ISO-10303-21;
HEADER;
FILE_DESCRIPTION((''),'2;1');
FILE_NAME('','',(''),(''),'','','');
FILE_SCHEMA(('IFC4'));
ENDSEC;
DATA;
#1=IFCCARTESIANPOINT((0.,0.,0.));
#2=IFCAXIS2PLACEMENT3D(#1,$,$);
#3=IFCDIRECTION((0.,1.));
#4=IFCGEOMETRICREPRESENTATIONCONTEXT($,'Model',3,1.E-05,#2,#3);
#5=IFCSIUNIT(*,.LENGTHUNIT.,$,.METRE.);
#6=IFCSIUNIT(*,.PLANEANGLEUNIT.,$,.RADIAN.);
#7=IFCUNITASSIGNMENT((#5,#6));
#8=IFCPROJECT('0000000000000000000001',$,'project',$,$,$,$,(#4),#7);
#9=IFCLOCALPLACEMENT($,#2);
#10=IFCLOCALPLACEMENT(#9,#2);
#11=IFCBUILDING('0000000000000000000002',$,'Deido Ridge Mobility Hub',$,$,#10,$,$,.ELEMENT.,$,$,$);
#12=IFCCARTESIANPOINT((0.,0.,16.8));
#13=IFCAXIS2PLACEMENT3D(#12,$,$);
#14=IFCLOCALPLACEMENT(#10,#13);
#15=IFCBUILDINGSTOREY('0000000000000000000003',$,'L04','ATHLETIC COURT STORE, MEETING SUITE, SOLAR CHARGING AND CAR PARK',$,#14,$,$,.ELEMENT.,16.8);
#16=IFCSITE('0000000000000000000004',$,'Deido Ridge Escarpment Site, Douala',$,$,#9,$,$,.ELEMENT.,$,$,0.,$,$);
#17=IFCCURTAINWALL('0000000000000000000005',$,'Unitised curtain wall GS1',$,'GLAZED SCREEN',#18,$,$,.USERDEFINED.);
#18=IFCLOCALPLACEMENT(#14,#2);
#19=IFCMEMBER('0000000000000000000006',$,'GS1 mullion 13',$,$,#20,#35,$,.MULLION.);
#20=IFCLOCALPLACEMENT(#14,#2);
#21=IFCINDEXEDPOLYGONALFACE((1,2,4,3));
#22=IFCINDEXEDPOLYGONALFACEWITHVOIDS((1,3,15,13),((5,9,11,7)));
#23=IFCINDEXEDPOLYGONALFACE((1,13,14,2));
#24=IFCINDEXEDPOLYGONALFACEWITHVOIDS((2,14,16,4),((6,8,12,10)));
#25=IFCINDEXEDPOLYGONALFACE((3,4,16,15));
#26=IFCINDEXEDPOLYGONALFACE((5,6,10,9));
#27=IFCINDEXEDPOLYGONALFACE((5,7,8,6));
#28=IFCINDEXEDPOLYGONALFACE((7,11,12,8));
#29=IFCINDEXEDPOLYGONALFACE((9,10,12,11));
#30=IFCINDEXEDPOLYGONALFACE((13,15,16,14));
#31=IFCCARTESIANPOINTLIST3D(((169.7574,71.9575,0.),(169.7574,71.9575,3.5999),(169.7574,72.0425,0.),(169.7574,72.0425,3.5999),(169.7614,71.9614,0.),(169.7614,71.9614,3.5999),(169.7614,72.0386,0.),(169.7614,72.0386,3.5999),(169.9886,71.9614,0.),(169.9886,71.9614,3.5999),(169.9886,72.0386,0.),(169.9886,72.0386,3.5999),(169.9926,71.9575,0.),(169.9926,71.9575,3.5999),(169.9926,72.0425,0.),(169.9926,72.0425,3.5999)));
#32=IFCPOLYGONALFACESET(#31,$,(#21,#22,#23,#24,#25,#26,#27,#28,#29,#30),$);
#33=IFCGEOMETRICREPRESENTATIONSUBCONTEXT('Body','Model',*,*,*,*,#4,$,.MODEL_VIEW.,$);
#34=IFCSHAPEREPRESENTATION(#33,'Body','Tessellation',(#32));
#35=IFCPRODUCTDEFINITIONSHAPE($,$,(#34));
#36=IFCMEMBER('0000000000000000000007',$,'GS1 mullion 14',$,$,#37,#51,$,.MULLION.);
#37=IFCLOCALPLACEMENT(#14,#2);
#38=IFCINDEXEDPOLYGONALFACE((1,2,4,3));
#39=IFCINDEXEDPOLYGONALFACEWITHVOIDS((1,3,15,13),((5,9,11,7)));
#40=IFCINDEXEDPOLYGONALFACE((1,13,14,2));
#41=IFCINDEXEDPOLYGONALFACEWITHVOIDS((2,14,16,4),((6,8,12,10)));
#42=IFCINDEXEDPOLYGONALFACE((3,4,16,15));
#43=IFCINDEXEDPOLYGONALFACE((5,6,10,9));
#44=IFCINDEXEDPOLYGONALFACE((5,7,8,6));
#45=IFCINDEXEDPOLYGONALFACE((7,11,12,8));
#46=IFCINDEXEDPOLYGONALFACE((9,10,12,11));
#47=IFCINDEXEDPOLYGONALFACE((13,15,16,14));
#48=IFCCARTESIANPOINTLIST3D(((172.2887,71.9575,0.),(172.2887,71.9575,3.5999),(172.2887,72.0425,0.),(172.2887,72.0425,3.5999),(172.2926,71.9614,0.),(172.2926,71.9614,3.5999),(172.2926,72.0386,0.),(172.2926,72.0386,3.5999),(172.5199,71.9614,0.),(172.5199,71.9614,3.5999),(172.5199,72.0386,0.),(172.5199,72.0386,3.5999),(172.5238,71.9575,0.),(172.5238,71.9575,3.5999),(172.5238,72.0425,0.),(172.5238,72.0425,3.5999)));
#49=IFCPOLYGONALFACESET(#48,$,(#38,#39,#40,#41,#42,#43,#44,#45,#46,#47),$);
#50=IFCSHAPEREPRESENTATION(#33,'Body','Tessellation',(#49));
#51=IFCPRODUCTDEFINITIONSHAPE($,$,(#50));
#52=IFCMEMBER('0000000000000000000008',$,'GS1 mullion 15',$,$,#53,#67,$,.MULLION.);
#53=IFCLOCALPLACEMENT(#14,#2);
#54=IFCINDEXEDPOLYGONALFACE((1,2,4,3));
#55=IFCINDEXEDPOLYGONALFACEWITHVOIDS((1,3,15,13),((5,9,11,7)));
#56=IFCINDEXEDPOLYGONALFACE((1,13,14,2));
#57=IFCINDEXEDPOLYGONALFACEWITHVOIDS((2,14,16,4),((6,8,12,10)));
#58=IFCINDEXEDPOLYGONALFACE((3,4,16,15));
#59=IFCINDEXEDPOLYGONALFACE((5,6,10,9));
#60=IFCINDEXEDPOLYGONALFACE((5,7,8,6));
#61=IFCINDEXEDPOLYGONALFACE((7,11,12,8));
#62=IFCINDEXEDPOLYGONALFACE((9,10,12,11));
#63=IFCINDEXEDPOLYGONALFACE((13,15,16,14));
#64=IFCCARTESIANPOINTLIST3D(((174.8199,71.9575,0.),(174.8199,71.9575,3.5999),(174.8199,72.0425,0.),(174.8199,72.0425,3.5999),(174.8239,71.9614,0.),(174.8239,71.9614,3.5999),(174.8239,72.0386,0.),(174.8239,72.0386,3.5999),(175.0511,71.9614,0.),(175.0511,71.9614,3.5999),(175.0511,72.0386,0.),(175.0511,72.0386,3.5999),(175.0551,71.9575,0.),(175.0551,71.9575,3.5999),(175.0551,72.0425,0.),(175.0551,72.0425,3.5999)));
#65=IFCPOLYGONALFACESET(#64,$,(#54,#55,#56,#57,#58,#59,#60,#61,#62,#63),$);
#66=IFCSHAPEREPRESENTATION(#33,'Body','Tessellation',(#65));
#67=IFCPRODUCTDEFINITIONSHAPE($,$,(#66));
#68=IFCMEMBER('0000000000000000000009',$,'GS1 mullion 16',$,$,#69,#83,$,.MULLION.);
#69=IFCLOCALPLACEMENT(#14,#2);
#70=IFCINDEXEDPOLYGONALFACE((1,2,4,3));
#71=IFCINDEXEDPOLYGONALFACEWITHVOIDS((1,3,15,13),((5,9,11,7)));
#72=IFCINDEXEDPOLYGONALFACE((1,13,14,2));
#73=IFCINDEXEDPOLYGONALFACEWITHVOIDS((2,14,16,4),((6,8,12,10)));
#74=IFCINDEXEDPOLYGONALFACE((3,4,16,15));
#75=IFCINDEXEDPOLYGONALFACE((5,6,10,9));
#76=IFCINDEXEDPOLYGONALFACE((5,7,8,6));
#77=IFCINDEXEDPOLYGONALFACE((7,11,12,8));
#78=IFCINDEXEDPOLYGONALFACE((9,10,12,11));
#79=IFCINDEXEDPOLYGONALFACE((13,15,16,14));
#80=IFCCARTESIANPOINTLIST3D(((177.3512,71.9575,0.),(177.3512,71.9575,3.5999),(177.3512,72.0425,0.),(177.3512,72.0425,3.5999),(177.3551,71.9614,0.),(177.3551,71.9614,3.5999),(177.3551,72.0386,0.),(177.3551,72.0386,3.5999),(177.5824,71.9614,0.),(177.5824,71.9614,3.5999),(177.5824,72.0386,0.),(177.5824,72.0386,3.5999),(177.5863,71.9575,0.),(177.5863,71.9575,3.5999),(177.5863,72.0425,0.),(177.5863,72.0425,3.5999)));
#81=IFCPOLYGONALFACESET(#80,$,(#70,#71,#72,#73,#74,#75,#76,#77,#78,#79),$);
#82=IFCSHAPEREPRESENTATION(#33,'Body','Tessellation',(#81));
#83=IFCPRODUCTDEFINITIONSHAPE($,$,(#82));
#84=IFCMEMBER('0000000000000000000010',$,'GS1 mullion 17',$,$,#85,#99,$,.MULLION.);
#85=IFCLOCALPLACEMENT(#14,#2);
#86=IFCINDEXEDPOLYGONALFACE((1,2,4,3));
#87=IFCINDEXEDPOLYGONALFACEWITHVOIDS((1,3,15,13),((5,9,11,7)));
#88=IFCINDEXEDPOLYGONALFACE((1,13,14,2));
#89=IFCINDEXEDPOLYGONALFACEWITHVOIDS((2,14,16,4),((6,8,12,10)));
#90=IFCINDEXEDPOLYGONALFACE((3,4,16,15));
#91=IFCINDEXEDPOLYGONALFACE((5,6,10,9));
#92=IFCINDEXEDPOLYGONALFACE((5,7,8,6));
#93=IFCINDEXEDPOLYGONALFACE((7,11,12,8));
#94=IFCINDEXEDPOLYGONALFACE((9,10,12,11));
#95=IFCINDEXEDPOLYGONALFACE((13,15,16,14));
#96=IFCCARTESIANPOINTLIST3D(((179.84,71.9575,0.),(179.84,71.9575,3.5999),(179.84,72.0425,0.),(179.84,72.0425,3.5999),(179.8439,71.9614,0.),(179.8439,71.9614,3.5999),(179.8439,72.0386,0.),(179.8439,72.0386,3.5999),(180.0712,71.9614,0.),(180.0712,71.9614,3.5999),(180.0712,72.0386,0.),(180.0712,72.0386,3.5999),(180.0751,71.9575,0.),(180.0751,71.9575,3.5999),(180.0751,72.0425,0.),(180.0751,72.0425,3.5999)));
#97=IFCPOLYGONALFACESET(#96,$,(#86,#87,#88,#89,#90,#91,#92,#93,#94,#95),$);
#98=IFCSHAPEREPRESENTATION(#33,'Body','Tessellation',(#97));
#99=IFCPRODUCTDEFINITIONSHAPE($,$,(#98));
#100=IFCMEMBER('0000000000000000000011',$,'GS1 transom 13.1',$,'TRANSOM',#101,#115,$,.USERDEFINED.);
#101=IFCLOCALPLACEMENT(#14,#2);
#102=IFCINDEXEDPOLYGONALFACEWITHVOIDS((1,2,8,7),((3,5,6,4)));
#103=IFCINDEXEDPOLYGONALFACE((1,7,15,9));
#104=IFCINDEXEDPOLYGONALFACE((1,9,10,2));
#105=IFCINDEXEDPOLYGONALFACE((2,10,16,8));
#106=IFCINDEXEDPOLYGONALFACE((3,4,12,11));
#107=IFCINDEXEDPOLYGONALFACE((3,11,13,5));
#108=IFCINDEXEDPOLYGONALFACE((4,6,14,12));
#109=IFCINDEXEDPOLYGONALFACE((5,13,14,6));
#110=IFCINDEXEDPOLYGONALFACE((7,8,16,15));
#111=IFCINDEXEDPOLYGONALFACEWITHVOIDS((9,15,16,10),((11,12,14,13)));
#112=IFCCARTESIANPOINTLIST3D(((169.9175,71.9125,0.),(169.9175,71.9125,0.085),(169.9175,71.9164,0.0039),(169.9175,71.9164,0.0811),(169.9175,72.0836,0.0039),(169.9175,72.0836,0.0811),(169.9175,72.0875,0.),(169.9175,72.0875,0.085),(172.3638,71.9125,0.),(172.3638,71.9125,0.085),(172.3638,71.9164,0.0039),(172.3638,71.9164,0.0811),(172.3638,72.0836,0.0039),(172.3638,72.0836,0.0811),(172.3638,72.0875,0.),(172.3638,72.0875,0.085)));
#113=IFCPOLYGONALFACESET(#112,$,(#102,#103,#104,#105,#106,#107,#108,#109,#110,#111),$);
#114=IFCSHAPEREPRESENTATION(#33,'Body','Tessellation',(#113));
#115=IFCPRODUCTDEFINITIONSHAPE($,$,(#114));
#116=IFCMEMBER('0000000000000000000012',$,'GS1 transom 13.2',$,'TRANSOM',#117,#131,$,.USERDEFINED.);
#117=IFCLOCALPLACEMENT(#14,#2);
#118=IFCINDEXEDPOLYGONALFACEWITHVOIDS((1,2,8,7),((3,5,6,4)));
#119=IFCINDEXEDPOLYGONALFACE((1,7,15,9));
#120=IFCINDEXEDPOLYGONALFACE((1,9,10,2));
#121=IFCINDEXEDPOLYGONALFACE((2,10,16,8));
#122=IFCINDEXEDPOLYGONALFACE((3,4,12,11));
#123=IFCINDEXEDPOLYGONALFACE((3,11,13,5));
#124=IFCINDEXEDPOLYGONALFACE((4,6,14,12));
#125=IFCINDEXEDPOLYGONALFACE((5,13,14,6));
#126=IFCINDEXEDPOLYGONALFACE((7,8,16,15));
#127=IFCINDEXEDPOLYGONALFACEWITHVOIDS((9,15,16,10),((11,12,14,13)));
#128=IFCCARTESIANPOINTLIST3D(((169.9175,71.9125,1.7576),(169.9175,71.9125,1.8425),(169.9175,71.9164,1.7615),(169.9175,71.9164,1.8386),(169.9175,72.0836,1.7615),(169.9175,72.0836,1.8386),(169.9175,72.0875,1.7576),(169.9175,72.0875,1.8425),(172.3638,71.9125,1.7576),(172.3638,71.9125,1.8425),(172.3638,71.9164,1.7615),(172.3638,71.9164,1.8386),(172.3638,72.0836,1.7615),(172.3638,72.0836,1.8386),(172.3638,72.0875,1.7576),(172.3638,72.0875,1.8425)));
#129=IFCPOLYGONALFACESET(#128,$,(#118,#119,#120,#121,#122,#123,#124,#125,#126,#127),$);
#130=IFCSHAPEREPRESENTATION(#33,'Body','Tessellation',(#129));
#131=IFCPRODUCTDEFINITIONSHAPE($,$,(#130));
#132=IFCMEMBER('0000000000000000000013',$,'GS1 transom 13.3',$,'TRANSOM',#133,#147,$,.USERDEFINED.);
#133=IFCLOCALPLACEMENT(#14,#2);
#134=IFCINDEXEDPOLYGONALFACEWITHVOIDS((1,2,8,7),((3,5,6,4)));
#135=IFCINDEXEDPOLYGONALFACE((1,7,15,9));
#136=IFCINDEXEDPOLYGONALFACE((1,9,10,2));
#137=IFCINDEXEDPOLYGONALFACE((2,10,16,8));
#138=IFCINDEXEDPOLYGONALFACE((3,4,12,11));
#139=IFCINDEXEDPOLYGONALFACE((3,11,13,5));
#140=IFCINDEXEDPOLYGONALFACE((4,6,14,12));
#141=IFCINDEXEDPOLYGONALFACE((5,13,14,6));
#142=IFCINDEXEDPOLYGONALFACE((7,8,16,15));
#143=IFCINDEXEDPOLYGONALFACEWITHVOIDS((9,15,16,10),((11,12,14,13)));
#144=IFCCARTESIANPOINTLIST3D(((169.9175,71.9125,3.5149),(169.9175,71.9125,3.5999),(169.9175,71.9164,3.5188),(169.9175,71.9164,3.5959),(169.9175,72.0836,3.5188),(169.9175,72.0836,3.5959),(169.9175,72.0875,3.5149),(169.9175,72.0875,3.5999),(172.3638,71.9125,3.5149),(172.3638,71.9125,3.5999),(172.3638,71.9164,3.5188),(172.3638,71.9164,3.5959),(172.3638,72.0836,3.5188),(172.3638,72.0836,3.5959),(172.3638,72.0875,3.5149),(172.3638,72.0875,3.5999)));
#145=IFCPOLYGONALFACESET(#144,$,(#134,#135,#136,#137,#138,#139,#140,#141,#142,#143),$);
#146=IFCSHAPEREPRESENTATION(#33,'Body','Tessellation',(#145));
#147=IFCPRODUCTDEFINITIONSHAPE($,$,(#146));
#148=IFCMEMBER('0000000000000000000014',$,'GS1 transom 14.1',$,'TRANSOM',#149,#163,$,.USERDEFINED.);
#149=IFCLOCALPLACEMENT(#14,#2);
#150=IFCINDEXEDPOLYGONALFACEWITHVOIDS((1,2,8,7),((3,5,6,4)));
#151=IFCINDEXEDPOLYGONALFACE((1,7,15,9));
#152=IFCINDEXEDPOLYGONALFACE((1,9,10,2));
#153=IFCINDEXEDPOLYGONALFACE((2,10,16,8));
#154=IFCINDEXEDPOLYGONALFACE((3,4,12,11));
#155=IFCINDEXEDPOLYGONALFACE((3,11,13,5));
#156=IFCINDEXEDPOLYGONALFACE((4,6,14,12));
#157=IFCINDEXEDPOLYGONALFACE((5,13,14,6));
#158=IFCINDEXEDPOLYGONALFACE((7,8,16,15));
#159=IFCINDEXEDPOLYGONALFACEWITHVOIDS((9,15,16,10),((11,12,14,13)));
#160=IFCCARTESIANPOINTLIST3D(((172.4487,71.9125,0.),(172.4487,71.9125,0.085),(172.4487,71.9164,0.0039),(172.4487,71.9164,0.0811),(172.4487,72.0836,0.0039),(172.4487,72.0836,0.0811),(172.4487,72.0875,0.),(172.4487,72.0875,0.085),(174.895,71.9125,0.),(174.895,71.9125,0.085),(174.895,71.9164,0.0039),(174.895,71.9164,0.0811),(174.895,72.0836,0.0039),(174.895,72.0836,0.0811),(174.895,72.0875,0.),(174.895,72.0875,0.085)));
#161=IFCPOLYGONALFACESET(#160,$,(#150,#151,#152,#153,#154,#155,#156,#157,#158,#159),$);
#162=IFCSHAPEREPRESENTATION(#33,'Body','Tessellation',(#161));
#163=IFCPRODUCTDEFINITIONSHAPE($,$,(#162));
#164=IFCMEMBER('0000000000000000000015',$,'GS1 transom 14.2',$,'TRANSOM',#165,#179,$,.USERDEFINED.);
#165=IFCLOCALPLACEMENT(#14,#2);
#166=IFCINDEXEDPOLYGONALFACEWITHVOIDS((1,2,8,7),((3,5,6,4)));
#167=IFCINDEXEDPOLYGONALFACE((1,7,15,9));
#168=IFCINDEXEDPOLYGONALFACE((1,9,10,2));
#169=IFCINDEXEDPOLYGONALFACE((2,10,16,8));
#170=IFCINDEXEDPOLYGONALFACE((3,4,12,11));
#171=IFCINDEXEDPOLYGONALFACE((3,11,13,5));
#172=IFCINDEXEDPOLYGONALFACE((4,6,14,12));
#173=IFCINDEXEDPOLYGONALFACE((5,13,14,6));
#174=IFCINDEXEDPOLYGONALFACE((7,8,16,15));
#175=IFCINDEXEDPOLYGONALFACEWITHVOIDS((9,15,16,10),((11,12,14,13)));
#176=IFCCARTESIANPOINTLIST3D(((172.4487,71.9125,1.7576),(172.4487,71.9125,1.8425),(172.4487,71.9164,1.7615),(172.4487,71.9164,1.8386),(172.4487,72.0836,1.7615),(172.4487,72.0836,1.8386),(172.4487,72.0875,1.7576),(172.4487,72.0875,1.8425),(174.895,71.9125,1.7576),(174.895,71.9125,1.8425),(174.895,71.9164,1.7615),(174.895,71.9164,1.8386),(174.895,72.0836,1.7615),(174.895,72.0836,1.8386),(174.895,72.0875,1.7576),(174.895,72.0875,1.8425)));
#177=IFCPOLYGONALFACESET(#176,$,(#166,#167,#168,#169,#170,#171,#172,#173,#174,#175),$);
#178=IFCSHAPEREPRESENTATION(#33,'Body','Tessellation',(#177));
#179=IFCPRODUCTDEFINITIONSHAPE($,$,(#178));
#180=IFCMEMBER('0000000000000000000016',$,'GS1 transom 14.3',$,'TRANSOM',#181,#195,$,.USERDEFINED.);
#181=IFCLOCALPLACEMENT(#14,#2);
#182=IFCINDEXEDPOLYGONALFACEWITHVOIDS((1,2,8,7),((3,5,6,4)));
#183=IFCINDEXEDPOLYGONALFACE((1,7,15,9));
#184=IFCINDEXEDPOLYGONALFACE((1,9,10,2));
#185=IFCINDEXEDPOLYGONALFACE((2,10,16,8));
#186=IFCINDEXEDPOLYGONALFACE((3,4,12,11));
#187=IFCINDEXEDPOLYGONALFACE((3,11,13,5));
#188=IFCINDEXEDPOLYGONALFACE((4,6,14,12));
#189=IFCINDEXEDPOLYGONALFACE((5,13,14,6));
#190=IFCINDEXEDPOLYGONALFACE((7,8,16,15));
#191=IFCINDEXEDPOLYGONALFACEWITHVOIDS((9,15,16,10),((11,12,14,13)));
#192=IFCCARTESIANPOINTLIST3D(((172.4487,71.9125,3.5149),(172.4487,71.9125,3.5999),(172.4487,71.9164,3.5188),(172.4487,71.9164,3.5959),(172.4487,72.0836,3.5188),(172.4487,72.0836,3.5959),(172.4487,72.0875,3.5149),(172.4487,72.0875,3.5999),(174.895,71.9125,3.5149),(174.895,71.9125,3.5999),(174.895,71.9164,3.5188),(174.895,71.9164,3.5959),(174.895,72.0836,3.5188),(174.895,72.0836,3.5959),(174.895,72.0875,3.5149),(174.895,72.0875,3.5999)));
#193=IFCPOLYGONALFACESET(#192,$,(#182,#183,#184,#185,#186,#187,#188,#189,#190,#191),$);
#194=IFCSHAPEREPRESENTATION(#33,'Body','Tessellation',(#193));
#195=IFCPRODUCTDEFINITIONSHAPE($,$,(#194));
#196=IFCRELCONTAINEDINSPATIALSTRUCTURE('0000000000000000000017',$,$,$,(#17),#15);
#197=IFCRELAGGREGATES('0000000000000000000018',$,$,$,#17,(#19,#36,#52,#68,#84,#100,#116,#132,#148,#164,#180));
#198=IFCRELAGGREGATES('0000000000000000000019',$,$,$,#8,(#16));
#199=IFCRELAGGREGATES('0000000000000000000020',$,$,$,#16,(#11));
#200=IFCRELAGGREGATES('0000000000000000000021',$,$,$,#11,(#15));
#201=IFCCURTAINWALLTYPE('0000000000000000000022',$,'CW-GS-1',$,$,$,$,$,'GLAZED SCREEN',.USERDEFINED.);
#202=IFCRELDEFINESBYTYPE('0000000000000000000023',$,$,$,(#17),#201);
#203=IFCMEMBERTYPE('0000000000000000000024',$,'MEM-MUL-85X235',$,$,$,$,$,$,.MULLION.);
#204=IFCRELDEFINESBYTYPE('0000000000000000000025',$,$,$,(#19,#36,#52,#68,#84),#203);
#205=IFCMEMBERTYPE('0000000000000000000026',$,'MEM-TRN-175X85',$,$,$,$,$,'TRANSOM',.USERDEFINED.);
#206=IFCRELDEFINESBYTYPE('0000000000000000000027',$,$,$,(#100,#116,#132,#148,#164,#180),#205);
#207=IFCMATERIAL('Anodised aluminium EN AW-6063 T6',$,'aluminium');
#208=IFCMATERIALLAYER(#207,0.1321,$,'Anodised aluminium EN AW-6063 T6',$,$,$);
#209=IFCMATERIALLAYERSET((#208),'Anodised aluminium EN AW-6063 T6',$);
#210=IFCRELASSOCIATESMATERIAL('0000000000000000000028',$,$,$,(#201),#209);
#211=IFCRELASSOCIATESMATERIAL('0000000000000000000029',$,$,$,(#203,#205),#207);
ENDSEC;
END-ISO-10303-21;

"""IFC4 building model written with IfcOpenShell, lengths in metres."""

from ifc_helpers import new_model, si_unit, direction, frame, origin, origin_2d, place, context, subcontext, project, spatial, hollow_rectangle, extrude, material, layer, layer_set, material_profile, profile_set, type_object, element, aggregate, save


model = new_model("IFC4")

# Units and contexts
model_context = context("Model", 3, precision=1e-05, world=origin(), true_north=direction((0.0, 1.0)))
body_context = subcontext(model_context, "Body", "Model", "MODEL_VIEW")
ifc_project = project(units=[si_unit("LENGTHUNIT", "METRE"), si_unit("PLANEANGLEUNIT", "RADIAN")], contexts=[model_context])

# Site, building, storey
site_placement = place(None, origin())
site = spatial("IfcSite", under=ifc_project, at=site_placement, Name="Deido Ridge Escarpment Site, Douala", CompositionType="ELEMENT", RefElevation=0.0)
building_placement = place(site_placement, origin())
building = spatial("IfcBuilding", under=site, at=building_placement, Name="Deido Ridge Mobility Hub", CompositionType="ELEMENT")
storey_placement = place(building_placement, frame((0.0, 0.0, 16.8)))
storey = spatial("IfcBuildingStorey", under=building, at=storey_placement, Name="L04", Description="ATHLETIC COURT STORE, MEETING SUITE, SOLAR CHARGING AND CAR PARK", CompositionType="ELEMENT", Elevation=16.8)

# Curtain wall, members
ifc_material_1 = material(Name="Anodised aluminium EN AW-6063 T6", Category="aluminium")
ifc_layer_1 = layer(ifc_material_1, 0.1321, Name="Anodised aluminium EN AW-6063 T6")
ifc_layer_set_1 = layer_set([ifc_layer_1], Name="Anodised aluminium EN AW-6063 T6")
curtain_wall_type = type_object("IfcCurtainWallType", Name="CW-GS-1", ElementType="GLAZED SCREEN", PredefinedType="USERDEFINED", material=ifc_layer_set_1)
curtain_wall_placement = place(storey_placement, origin())
curtain_wall = element("IfcCurtainWall", 1, at=curtain_wall_placement, inside=storey, type_object=curtain_wall_type, Name="Unitised curtain wall GS1", ObjectType="GLAZED SCREEN", PredefinedType="USERDEFINED")
ifc_material_profile_1 = material_profile(ifc_material_1, hollow_rectangle(XDim=0.085, YDim=0.2351, WallThickness=0.0039, at=origin_2d()), Name="RHS 85x235x4")
ifc_profile_set_1 = profile_set([ifc_material_profile_1], Name="Anodised aluminium EN AW-6063 T6")
member_type_1 = type_object("IfcMemberType", Name="MEM-MUL-85X235", PredefinedType="MULLION", material=ifc_profile_set_1)
member_1_placement = place(storey_placement, frame((169.875, 72.0, 0.0), z_axis=(0.0, 0.0, 1.0), x_axis=(0.0, 1.0, 0.0)))
member_1 = element("IfcMember", 2, at=member_1_placement, type_object=member_type_1, Name="GS1 mullion 13", PredefinedType="MULLION", context=body_context, shape_type="SweptSolid", body=[
    extrude(hollow_rectangle(XDim=0.085, YDim=0.2351, WallThickness=0.0039, at=origin_2d()), origin(), (0.0, 0.0, 1.0), 3.5999),
])
member_2_placement = place(storey_placement, frame((172.4062, 72.0, 0.0), z_axis=(0.0, 0.0, 1.0), x_axis=(0.0, 1.0, 0.0)))
member_2 = element("IfcMember", 3, at=member_2_placement, type_object=member_type_1, Name="GS1 mullion 14", PredefinedType="MULLION", context=body_context, shape_type="SweptSolid", body=[
    extrude(hollow_rectangle(XDim=0.085, YDim=0.2351, WallThickness=0.0039, at=origin_2d()), origin(), (0.0, 0.0, 1.0), 3.5999),
])
member_3_placement = place(storey_placement, frame((174.9375, 72.0, 0.0), z_axis=(0.0, 0.0, 1.0), x_axis=(0.0, 1.0, 0.0)))
member_3 = element("IfcMember", 4, at=member_3_placement, type_object=member_type_1, Name="GS1 mullion 15", PredefinedType="MULLION", context=body_context, shape_type="SweptSolid", body=[
    extrude(hollow_rectangle(XDim=0.085, YDim=0.2351, WallThickness=0.0039, at=origin_2d()), origin(), (0.0, 0.0, 1.0), 3.5999),
])
member_4_placement = place(storey_placement, frame((177.4688, 72.0, 0.0), z_axis=(0.0, 0.0, 1.0), x_axis=(0.0, 1.0, 0.0)))
member_4 = element("IfcMember", 5, at=member_4_placement, type_object=member_type_1, Name="GS1 mullion 16", PredefinedType="MULLION", context=body_context, shape_type="SweptSolid", body=[
    extrude(hollow_rectangle(XDim=0.085, YDim=0.2351, WallThickness=0.0039, at=origin_2d()), origin(), (0.0, 0.0, 1.0), 3.5999),
])
member_5_placement = place(storey_placement, frame((179.9575, 72.0, 0.0), z_axis=(0.0, 0.0, 1.0), x_axis=(0.0, 1.0, 0.0)))
member_5 = element("IfcMember", 6, at=member_5_placement, type_object=member_type_1, Name="GS1 mullion 17", PredefinedType="MULLION", context=body_context, shape_type="SweptSolid", body=[
    extrude(hollow_rectangle(XDim=0.085, YDim=0.2351, WallThickness=0.0039, at=origin_2d()), origin(), (0.0, 0.0, 1.0), 3.5999),
])
ifc_material_profile_2 = material_profile(ifc_material_1, hollow_rectangle(XDim=0.175, YDim=0.085, WallThickness=0.0039, at=origin_2d()), Name="RHS 175x85x4")
ifc_profile_set_2 = profile_set([ifc_material_profile_2], Name="Anodised aluminium EN AW-6063 T6")
member_type_2 = type_object("IfcMemberType", Name="MEM-TRN-175X85", ElementType="TRANSOM", PredefinedType="USERDEFINED", material=ifc_profile_set_2)
member_6_placement = place(storey_placement, frame((169.9175, 72.0, 0.0425), z_axis=(1.0, 0.0, 0.0), x_axis=(0.0, 1.0, 0.0)))
member_6 = element("IfcMember", 7, at=member_6_placement, type_object=member_type_2, Name="GS1 transom 13.1", ObjectType="TRANSOM", PredefinedType="USERDEFINED", context=body_context, shape_type="SweptSolid", body=[
    extrude(hollow_rectangle(XDim=0.175, YDim=0.085, WallThickness=0.0039, at=origin_2d()), origin(), (0.0, 0.0, 1.0), 2.4463),
])
member_7_placement = place(storey_placement, frame((169.9175, 72.0, 1.8), z_axis=(1.0, 0.0, 0.0), x_axis=(0.0, 1.0, 0.0)))
member_7 = element("IfcMember", 8, at=member_7_placement, type_object=member_type_2, Name="GS1 transom 13.2", ObjectType="TRANSOM", PredefinedType="USERDEFINED", context=body_context, shape_type="SweptSolid", body=[
    extrude(hollow_rectangle(XDim=0.175, YDim=0.085, WallThickness=0.0039, at=origin_2d()), origin(), (0.0, 0.0, 1.0), 2.4463),
])
member_8_placement = place(storey_placement, frame((169.9175, 72.0, 3.5574), z_axis=(1.0, 0.0, 0.0), x_axis=(0.0, 1.0, 0.0)))
member_8 = element("IfcMember", 9, at=member_8_placement, type_object=member_type_2, Name="GS1 transom 13.3", ObjectType="TRANSOM", PredefinedType="USERDEFINED", context=body_context, shape_type="SweptSolid", body=[
    extrude(hollow_rectangle(XDim=0.175, YDim=0.085, WallThickness=0.0039, at=origin_2d()), origin(), (0.0, 0.0, 1.0), 2.4463),
])
member_9_placement = place(storey_placement, frame((172.4487, 72.0, 0.0425), z_axis=(1.0, 0.0, 0.0), x_axis=(0.0, 1.0, 0.0)))
member_9 = element("IfcMember", 10, at=member_9_placement, type_object=member_type_2, Name="GS1 transom 14.1", ObjectType="TRANSOM", PredefinedType="USERDEFINED", context=body_context, shape_type="SweptSolid", body=[
    extrude(hollow_rectangle(XDim=0.175, YDim=0.085, WallThickness=0.0039, at=origin_2d()), origin(), (0.0, 0.0, 1.0), 2.4463),
])
member_10_placement = place(storey_placement, frame((172.4487, 72.0, 1.8), z_axis=(1.0, 0.0, 0.0), x_axis=(0.0, 1.0, 0.0)))
member_10 = element("IfcMember", 11, at=member_10_placement, type_object=member_type_2, Name="GS1 transom 14.2", ObjectType="TRANSOM", PredefinedType="USERDEFINED", context=body_context, shape_type="SweptSolid", body=[
    extrude(hollow_rectangle(XDim=0.175, YDim=0.085, WallThickness=0.0039, at=origin_2d()), origin(), (0.0, 0.0, 1.0), 2.4463),
])
member_11_placement = place(storey_placement, frame((172.4487, 72.0, 3.5574), z_axis=(1.0, 0.0, 0.0), x_axis=(0.0, 1.0, 0.0)))
member_11 = element("IfcMember", 12, at=member_11_placement, type_object=member_type_2, Name="GS1 transom 14.3", ObjectType="TRANSOM", PredefinedType="USERDEFINED", context=body_context, shape_type="SweptSolid", body=[
    extrude(hollow_rectangle(XDim=0.175, YDim=0.085, WallThickness=0.0039, at=origin_2d()), origin(), (0.0, 0.0, 1.0), 2.4463),
])

aggregate(curtain_wall, [member_1, member_2, member_3, member_4, member_5, member_6, member_7, member_8, member_9, member_10, member_11])

save(model, "model.ifc")
